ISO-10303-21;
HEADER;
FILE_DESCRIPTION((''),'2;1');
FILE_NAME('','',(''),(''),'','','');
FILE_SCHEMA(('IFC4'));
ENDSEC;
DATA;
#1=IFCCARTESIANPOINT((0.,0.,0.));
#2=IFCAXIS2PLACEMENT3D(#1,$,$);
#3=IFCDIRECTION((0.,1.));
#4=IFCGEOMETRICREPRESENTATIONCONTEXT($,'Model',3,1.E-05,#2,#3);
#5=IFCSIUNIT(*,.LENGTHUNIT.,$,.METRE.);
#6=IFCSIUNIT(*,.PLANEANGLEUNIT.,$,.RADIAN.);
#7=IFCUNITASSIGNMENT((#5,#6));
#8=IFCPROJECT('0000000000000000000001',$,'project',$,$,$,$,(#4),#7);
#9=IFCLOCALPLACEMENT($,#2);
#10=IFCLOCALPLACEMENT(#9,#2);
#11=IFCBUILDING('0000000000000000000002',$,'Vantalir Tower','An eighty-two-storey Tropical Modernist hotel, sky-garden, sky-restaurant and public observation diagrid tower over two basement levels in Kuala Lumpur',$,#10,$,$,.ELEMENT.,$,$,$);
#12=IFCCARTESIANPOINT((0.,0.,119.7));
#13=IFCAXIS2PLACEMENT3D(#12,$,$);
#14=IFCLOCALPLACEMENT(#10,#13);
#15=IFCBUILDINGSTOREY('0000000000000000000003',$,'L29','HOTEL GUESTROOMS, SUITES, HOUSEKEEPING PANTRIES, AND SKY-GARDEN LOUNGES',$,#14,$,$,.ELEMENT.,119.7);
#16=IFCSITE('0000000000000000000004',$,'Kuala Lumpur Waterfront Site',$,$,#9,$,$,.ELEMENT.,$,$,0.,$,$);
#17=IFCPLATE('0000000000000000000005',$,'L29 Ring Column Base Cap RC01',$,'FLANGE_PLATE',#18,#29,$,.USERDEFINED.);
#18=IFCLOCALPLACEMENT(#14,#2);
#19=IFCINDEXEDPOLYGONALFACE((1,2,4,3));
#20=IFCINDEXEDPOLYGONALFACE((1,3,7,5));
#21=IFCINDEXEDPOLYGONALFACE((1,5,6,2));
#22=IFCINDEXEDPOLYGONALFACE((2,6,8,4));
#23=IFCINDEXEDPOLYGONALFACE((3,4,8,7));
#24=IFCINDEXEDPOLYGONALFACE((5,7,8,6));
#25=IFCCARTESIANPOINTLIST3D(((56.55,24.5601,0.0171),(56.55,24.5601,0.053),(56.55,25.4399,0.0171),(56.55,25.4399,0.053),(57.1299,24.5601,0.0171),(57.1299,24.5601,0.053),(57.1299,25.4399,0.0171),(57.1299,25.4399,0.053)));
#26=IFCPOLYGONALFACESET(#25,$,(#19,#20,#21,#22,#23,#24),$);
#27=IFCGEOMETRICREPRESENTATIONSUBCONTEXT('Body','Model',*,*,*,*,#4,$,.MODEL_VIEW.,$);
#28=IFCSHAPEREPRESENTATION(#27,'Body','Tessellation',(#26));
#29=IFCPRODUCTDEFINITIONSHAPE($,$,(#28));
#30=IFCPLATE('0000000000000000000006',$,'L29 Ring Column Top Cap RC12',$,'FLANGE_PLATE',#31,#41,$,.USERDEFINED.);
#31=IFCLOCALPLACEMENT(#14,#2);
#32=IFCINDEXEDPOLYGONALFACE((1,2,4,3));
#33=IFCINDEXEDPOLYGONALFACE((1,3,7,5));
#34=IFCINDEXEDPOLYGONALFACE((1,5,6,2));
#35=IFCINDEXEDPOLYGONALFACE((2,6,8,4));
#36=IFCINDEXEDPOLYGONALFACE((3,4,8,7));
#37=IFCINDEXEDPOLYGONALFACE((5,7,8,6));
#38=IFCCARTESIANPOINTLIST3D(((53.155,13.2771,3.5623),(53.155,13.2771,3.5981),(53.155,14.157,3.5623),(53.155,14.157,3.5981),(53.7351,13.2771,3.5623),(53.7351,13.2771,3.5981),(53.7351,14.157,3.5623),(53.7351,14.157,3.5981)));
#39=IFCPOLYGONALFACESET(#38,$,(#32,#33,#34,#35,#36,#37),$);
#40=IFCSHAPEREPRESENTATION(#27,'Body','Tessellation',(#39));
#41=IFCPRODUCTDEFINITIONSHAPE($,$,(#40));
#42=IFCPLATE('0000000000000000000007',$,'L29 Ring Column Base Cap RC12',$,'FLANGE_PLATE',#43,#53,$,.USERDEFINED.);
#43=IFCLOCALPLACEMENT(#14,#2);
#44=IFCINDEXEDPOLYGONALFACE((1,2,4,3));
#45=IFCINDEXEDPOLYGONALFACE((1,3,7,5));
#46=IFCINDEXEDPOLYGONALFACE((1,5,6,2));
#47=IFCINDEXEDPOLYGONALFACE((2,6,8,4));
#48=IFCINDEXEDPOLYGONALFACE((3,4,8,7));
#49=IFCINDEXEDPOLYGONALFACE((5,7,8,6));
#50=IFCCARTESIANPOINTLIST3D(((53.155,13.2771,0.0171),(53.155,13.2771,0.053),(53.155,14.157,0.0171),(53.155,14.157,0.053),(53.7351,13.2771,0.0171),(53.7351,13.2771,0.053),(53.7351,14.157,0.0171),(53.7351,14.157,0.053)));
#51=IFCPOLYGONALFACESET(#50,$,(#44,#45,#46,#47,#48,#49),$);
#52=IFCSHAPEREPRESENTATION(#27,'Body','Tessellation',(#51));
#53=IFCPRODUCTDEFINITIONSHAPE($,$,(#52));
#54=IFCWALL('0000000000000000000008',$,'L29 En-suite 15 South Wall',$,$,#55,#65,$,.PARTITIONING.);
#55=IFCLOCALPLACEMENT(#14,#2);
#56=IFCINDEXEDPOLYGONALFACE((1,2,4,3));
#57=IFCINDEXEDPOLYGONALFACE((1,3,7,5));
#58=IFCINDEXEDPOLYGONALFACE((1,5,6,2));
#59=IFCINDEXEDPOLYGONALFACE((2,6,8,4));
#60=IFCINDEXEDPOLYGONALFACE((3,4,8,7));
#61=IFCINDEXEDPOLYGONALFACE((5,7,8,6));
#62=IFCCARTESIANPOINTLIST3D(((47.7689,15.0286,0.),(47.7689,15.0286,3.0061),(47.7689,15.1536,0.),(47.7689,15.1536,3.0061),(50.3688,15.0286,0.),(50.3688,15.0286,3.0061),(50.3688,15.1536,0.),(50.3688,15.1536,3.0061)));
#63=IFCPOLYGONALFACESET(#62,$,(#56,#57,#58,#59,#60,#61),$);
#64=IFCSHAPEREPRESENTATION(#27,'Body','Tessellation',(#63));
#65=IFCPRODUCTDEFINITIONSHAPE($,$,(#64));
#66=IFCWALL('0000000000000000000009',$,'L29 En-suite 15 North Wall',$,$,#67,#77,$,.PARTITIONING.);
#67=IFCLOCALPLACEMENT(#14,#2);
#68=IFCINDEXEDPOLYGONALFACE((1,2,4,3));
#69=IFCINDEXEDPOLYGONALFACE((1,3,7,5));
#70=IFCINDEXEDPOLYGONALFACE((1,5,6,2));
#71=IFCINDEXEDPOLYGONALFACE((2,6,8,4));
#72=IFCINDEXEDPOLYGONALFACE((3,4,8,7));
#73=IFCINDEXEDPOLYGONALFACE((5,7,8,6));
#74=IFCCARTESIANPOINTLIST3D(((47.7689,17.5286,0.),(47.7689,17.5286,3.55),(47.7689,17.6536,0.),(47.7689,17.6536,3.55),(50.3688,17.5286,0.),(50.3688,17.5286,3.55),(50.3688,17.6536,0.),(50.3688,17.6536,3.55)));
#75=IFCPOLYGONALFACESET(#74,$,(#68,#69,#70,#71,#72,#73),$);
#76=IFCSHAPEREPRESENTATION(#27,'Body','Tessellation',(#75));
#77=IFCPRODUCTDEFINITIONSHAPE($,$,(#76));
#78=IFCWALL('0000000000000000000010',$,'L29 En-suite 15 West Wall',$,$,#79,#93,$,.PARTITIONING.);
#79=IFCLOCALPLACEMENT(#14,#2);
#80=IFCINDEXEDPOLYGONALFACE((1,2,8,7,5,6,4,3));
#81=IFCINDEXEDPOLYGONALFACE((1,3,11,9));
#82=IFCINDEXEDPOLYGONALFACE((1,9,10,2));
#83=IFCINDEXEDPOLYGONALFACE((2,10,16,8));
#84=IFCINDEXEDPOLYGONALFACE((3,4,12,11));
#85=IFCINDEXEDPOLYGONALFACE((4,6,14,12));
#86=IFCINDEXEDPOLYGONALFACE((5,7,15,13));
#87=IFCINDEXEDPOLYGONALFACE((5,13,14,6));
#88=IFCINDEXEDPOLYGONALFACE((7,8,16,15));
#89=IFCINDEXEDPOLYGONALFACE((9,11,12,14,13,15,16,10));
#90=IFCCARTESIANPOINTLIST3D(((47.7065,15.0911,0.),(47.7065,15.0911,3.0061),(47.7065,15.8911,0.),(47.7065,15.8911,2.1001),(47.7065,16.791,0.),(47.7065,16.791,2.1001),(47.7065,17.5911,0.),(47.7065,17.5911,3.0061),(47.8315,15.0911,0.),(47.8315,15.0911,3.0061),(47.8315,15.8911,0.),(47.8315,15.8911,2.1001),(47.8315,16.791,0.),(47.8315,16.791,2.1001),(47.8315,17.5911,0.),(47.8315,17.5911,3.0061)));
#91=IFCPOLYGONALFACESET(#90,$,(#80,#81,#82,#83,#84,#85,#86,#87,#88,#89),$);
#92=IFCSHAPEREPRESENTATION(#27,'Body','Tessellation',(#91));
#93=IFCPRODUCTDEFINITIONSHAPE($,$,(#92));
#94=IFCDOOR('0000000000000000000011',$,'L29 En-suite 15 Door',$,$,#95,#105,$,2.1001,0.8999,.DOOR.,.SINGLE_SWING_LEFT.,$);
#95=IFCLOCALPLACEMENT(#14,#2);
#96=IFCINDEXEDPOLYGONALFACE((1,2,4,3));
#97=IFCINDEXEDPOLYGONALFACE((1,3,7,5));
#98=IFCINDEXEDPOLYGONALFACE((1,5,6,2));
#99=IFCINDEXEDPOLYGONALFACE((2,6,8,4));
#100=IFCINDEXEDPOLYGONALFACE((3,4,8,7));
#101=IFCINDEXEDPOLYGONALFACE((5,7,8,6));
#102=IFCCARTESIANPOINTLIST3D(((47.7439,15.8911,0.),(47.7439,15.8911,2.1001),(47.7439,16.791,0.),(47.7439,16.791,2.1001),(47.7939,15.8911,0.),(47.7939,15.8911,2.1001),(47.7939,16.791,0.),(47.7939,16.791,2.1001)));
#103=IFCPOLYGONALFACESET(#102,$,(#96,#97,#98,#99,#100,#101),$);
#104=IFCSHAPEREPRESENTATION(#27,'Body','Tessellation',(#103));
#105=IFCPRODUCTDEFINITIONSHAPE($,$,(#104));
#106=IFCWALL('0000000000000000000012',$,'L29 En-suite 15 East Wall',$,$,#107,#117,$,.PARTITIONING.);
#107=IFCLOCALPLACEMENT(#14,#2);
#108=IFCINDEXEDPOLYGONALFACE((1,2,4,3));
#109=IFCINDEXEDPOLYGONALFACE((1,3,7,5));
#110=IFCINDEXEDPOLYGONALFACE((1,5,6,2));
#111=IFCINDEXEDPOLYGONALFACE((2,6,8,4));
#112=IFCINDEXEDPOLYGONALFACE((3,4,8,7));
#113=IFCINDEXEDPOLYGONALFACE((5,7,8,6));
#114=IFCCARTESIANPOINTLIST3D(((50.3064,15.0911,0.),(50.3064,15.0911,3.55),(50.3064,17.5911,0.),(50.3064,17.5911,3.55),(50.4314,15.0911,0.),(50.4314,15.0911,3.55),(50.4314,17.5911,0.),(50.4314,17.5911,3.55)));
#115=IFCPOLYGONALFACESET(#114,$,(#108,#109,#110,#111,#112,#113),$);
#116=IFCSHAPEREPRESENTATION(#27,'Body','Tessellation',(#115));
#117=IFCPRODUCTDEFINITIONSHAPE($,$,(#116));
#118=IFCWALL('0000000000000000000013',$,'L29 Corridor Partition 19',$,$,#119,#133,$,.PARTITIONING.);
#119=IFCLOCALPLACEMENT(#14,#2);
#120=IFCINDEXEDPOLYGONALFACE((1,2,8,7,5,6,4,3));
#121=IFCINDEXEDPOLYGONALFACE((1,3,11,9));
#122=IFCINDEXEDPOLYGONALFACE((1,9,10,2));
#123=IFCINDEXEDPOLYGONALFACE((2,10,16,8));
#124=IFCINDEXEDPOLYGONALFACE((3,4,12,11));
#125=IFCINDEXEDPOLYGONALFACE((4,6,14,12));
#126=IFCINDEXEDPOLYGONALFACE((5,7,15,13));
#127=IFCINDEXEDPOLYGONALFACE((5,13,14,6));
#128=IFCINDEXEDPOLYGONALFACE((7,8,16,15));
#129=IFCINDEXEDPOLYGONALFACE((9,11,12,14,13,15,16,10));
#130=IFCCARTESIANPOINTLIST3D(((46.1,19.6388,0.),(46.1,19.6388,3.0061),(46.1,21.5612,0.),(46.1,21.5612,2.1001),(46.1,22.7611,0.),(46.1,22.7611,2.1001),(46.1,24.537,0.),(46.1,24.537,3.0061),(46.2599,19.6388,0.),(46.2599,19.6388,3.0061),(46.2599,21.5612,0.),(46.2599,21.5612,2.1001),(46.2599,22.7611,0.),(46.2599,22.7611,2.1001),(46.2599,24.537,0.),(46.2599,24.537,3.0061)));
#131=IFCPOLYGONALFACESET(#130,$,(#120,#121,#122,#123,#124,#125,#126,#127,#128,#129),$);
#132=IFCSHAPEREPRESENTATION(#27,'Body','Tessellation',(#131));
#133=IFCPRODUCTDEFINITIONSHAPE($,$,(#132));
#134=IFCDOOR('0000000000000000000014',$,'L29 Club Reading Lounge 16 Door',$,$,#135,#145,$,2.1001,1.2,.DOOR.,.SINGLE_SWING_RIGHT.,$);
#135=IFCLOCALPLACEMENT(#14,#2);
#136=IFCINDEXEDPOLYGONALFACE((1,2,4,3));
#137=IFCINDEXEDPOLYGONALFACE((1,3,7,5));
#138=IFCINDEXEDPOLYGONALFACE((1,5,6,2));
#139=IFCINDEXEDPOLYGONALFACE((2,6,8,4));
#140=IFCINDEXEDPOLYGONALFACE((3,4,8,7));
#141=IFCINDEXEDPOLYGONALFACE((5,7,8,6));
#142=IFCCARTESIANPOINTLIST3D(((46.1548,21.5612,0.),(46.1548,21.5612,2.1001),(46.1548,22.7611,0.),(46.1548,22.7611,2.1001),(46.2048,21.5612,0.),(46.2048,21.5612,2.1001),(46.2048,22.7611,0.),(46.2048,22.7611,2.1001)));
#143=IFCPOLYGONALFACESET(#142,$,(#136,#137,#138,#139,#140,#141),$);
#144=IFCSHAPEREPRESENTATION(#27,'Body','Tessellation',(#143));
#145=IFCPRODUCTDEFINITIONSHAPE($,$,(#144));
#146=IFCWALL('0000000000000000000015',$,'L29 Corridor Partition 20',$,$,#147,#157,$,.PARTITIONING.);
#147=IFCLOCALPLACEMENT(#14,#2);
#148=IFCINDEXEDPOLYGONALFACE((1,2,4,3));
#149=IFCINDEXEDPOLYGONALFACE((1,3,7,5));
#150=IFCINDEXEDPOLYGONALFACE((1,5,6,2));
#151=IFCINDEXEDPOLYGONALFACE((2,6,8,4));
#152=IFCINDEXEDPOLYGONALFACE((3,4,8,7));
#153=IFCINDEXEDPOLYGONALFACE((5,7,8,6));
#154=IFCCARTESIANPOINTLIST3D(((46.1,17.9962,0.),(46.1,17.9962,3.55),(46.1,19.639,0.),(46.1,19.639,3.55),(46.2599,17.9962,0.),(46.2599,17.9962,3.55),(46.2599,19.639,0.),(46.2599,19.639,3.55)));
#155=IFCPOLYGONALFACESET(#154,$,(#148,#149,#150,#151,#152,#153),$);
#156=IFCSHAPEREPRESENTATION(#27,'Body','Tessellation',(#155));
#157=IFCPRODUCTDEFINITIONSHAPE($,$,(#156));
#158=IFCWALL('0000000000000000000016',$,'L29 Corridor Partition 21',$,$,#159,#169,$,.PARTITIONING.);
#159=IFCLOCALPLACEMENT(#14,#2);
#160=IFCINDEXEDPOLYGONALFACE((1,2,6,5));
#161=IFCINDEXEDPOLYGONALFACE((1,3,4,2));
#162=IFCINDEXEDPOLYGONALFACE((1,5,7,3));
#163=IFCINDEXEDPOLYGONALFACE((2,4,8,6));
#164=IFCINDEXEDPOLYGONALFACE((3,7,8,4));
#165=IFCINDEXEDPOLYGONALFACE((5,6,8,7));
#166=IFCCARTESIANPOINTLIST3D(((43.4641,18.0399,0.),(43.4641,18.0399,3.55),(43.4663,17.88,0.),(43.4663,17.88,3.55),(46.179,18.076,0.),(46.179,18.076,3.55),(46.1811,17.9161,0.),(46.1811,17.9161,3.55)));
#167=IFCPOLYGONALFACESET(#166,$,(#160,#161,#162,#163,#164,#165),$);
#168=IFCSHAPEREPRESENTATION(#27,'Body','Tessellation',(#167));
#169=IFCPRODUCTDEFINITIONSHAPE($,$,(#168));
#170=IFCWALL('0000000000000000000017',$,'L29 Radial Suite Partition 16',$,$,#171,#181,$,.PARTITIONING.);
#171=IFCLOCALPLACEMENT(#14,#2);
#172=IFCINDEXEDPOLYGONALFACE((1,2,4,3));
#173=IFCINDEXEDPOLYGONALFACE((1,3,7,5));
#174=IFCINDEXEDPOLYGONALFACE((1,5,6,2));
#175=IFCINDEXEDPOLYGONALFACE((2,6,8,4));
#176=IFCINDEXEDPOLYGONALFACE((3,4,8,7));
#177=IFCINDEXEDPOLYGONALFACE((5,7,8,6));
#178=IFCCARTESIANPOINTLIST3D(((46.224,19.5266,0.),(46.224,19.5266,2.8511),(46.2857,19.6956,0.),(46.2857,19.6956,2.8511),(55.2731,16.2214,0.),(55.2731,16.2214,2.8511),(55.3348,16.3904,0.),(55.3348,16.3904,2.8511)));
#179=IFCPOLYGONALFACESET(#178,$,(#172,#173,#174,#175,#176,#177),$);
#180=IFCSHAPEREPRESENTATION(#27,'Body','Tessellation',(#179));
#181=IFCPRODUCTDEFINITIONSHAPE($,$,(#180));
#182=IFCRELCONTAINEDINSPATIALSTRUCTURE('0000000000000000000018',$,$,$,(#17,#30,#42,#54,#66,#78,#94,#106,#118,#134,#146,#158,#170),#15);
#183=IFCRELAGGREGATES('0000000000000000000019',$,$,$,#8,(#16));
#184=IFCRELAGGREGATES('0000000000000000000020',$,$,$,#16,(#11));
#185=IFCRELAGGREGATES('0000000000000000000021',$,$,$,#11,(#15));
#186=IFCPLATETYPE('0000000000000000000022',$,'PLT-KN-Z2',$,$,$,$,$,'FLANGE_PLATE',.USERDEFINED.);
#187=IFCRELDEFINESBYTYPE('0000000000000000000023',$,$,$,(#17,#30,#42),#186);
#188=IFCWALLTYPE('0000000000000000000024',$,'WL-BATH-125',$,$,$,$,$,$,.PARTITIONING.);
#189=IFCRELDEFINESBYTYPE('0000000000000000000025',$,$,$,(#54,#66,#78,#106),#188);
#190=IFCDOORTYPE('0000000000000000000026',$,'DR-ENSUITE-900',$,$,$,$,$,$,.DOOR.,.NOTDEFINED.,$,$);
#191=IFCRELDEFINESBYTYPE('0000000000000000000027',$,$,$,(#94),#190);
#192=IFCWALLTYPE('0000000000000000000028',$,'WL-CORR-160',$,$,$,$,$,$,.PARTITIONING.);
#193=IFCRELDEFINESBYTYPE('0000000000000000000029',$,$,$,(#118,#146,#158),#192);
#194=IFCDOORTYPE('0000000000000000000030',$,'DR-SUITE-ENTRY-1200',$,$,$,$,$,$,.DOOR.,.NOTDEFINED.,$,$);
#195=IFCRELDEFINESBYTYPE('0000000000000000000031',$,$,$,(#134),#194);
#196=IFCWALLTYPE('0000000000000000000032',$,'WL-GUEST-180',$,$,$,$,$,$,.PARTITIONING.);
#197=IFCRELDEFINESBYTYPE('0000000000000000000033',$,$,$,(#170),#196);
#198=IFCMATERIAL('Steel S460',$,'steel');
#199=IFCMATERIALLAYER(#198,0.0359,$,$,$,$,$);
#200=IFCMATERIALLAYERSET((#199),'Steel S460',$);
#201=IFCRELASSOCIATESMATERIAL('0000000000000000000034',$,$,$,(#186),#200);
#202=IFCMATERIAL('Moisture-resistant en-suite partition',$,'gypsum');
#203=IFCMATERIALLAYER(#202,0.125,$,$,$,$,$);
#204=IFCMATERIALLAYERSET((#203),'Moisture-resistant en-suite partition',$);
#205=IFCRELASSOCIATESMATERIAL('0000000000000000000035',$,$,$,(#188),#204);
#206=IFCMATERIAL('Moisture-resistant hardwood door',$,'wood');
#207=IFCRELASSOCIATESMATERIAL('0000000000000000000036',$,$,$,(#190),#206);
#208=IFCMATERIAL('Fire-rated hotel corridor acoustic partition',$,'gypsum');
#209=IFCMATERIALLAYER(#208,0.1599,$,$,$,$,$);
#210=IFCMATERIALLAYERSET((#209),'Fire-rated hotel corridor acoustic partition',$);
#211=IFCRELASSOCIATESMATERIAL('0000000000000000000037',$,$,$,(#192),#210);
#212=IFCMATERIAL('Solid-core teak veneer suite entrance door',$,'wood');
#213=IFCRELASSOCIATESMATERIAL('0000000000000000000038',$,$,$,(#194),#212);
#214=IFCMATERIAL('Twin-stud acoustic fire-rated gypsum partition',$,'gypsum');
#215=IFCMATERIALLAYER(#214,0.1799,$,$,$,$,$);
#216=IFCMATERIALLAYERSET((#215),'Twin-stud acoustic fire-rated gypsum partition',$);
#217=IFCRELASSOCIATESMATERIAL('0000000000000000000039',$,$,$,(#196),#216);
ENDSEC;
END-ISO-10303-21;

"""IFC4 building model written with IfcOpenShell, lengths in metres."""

from ifc_helpers import new_model, si_unit, direction, frame, frame_2d, origin, place, context, subcontext, project, spatial, polyline, rectangle, outline, extrude, material, layer, layer_set, type_object, element, fill, save


model = new_model("IFC4")

# Units and contexts
model_context = context("Model", 3, precision=1e-05, world=origin(), true_north=direction((0.0, 1.0)))
body_context = subcontext(model_context, "Body", "Model", "MODEL_VIEW")
ifc_project = project(units=[si_unit("LENGTHUNIT", "METRE"), si_unit("PLANEANGLEUNIT", "RADIAN")], contexts=[model_context])

# Site, building, storey
site_placement = place(None, origin())
site = spatial("IfcSite", under=ifc_project, at=site_placement, Name="Kuala Lumpur Waterfront Site", CompositionType="ELEMENT", RefElevation=0.0)
building_placement = place(site_placement, origin())
building = spatial("IfcBuilding", under=site, at=building_placement, Name="Vantalir Tower", Description="An eighty-two-storey Tropical Modernist hotel, sky-garden, sky-restaurant and public observation diagrid tower over two basement levels in Kuala Lumpur", CompositionType="ELEMENT")
storey_placement = place(building_placement, frame((0.0, 0.0, 119.7)))
storey = spatial("IfcBuildingStorey", under=building, at=storey_placement, Name="L29", Description="HOTEL GUESTROOMS, SUITES, HOUSEKEEPING PANTRIES, AND SKY-GARDEN LOUNGES", CompositionType="ELEMENT", Elevation=119.7)

# Shared definitions
ifc_material_1 = material(Name="Steel S460", Category="steel")

# Plates
ifc_layer_1 = layer(ifc_material_1, 0.0359)
ifc_layer_set_1 = layer_set([ifc_layer_1], Name="Steel S460")
plate_type_1 = type_object("IfcPlateType", Name="PLT-KN-Z2", ElementType="FLANGE_PLATE", PredefinedType="USERDEFINED", material=ifc_layer_set_1)
for number, where, z_axis, x_axis, name in (
    (1, (56.55, 25.4399, 0.053), (0.0, 0.0, 1.0), (0.0, -1.0, 0.0), "L29 Ring Column Base Cap RC01"),
):
    element("IfcPlate", number, at=place(storey_placement, frame(where, z_axis=z_axis, x_axis=x_axis)), inside=storey, type_object=plate_type_1, Name=name, ObjectType="FLANGE_PLATE", PredefinedType="USERDEFINED", context=body_context, shape_type="SweptSolid", body=[
        extrude(outline(polyline([(0.0, 0.0), (0.8799, 0.0), (0.8799, 0.5798), (0.0, 0.5798), (0.0, 0.0)])), origin(), (0.0, 0.0, -1.0), 0.0359),
    ])
for number, where, z_axis, x_axis, name in (
    (2, (53.155, 14.157, 3.5981), (0.0, 0.0, 1.0), (0.0, -1.0, 0.0), "L29 Ring Column Top Cap RC12"),
    (3, (53.155, 14.157, 0.053), (0.0, 0.0, 1.0), (0.0, -1.0, 0.0), "L29 Ring Column Base Cap RC12"),
):
    element("IfcPlate", number, at=place(storey_placement, frame(where, z_axis=z_axis, x_axis=x_axis)), inside=storey, type_object=plate_type_1, Name=name, ObjectType="FLANGE_PLATE", PredefinedType="USERDEFINED", context=body_context, shape_type="SweptSolid", body=[
        extrude(outline(polyline([(0.0, 0.0), (0.8799, 0.0), (0.8799, 0.5801), (0.0, 0.5801), (0.0, 0.0)])), origin(), (0.0, 0.0, -1.0), 0.0359),
    ])

# Walls
ifc_material_2 = material(Name="Moisture-resistant en-suite partition", Category="gypsum")
ifc_layer_2 = layer(ifc_material_2, 0.125)
ifc_layer_set_2 = layer_set([ifc_layer_2], Name="Moisture-resistant en-suite partition")
wall_type_1 = type_object("IfcWallType", Name="WL-BATH-125", PredefinedType="PARTITIONING", material=ifc_layer_set_2)
wall_1_placement = place(storey_placement, frame((47.769, 15.0911, 0.0), z_axis=(0.0, 0.0, 1.0), x_axis=(1.0, 0.0, 0.0)))
element("IfcWall", 4, at=wall_1_placement, inside=storey, type_object=wall_type_1, Name="L29 En-suite 15 South Wall", PredefinedType="PARTITIONING", context=body_context, shape_type="SweptSolid", body=[
    extrude(rectangle(XDim=2.5999, YDim=0.125, at=frame_2d((1.2998, 0.0))), origin(), (0.0, 0.0, 1.0), 3.0061),
])
wall_2_placement = place(storey_placement, frame((47.769, 17.5911, 0.0), z_axis=(0.0, 0.0, 1.0), x_axis=(1.0, 0.0, 0.0)))
element("IfcWall", 5, at=wall_2_placement, inside=storey, type_object=wall_type_1, Name="L29 En-suite 15 North Wall", PredefinedType="PARTITIONING", context=body_context, shape_type="SweptSolid", body=[
    extrude(rectangle(XDim=2.5999, YDim=0.125, at=frame_2d((1.2998, 0.0))), origin(), (0.0, 0.0, 1.0), 3.55),
])

# Wall, opening, door
wall_3_placement = place(storey_placement, frame((47.769, 15.0911, 0.0), z_axis=(0.0, 0.0, 1.0), x_axis=(0.0, 1.0, 0.0)))
wall_3 = element("IfcWall", 6, at=wall_3_placement, inside=storey, type_object=wall_type_1, Name="L29 En-suite 15 West Wall", PredefinedType="PARTITIONING", context=body_context, shape_type="SweptSolid", body=[
    extrude(rectangle(XDim=2.5, YDim=0.125, at=frame_2d((1.25, 0.0))), origin(), (0.0, 0.0, 1.0), 3.0061),
])
opening_1_placement = place(wall_3_placement, frame((0.8, 0.0, 0.0)))
opening_1 = element("IfcOpeningElement", 7, at=opening_1_placement, cuts=wall_3, PredefinedType="OPENING", context=body_context, shape_type="SweptSolid", body=[
    extrude(rectangle(XDim=0.8999, YDim=2.1001, at=frame_2d((0.45, 1.05))), frame((0.0, 0.0725, 0.0), z_axis=(0.0, -1.0, 0.0), x_axis=(1.0, 0.0, 0.0)), (0.0, 0.0, 1.0), 0.145),
])
ifc_material_3 = material(Name="Moisture-resistant hardwood door", Category="wood")
door_type_1 = type_object("IfcDoorType", Name="DR-ENSUITE-900", OperationType="NOTDEFINED", PredefinedType="DOOR", material=ifc_material_3)
door_1_placement = place(opening_1_placement, frame((0.8999, 0.0, 0.0), z_axis=(0.0, 0.0, 1.0), x_axis=(-1.0, 0.0, 0.0)))
door_1 = element("IfcDoor", 8, at=door_1_placement, inside=storey, type_object=door_type_1, Name="L29 En-suite 15 Door", OperationType="SINGLE_SWING_LEFT", OverallHeight=2.1001, OverallWidth=0.8999, PredefinedType="DOOR", context=body_context, shape_type="SweptSolid", body=[
    extrude(rectangle(XDim=0.8999, YDim=2.1001, at=frame_2d((0.45, 1.05))), frame((0.0, 0.0249, 0.0), z_axis=(0.0, -1.0, 0.0), x_axis=(1.0, 0.0, 0.0)), (0.0, 0.0, 1.0), 0.05),
])
fill(opening_1, door_1)

# Wall
wall_4_placement = place(storey_placement, frame((50.3689, 15.0911, 0.0), z_axis=(0.0, 0.0, 1.0), x_axis=(0.0, 1.0, 0.0)))
element("IfcWall", 9, at=wall_4_placement, inside=storey, type_object=wall_type_1, Name="L29 En-suite 15 East Wall", PredefinedType="PARTITIONING", context=body_context, shape_type="SweptSolid", body=[
    extrude(rectangle(XDim=2.5, YDim=0.125, at=frame_2d((1.25, 0.0))), origin(), (0.0, 0.0, 1.0), 3.55),
])

# Wall, opening, door
ifc_material_4 = material(Name="Fire-rated hotel corridor acoustic partition", Category="gypsum")
ifc_layer_3 = layer(ifc_material_4, 0.1599)
ifc_layer_set_3 = layer_set([ifc_layer_3], Name="Fire-rated hotel corridor acoustic partition")
wall_type_2 = type_object("IfcWallType", Name="WL-CORR-160", PredefinedType="PARTITIONING", material=ifc_layer_set_3)
wall_5_placement = place(storey_placement, frame((46.1799, 24.5371, 0.0), z_axis=(0.0, 0.0, 1.0), x_axis=(0.0, -1.0, 0.0)))
wall_5 = element("IfcWall", 10, at=wall_5_placement, inside=storey, type_object=wall_type_2, Name="L29 Corridor Partition 19", PredefinedType="PARTITIONING", context=body_context, shape_type="SweptSolid", body=[
    extrude(rectangle(XDim=4.8982, YDim=0.1599, at=frame_2d((2.4492, 0.0))), origin(), (0.0, 0.0, 1.0), 3.0061),
])
opening_2_placement = place(wall_5_placement, frame((1.7759, 0.0, 0.0)))
opening_2 = element("IfcOpeningElement", 11, at=opening_2_placement, cuts=wall_5, PredefinedType="OPENING", context=body_context, shape_type="SweptSolid", body=[
    extrude(rectangle(XDim=1.2, YDim=2.1001, at=frame_2d((0.6001, 1.05))), frame((0.0, 0.0898, 0.0), z_axis=(0.0, -1.0, 0.0), x_axis=(1.0, 0.0, 0.0)), (0.0, 0.0, 1.0), 0.1799),
])
ifc_material_5 = material(Name="Solid-core teak veneer suite entrance door", Category="wood")
door_type_2 = type_object("IfcDoorType", Name="DR-SUITE-ENTRY-1200", OperationType="NOTDEFINED", PredefinedType="DOOR", material=ifc_material_5)
door_2_placement = place(opening_2_placement, origin())
door_2 = element("IfcDoor", 12, at=door_2_placement, inside=storey, type_object=door_type_2, Name="L29 Club Reading Lounge 16 Door", OperationType="SINGLE_SWING_RIGHT", OverallHeight=2.1001, OverallWidth=1.2, PredefinedType="DOOR", context=body_context, shape_type="SweptSolid", body=[
    extrude(rectangle(XDim=1.2, YDim=2.1001, at=frame_2d((0.6001, 1.05))), frame((0.0, 0.0249, 0.0), z_axis=(0.0, -1.0, 0.0), x_axis=(1.0, 0.0, 0.0)), (0.0, 0.0, 1.0), 0.05),
])
fill(opening_2, door_2)

# Walls
wall_6_placement = place(storey_placement, frame((46.1799, 19.6389, 0.0), z_axis=(0.0, 0.0, 1.0), x_axis=(0.0, -1.0, 0.0)))
element("IfcWall", 13, at=wall_6_placement, inside=storey, type_object=wall_type_2, Name="L29 Corridor Partition 20", PredefinedType="PARTITIONING", context=body_context, shape_type="SweptSolid", body=[
    extrude(rectangle(XDim=1.6428, YDim=0.1599, at=frame_2d((0.8213, 0.0))), origin(), (0.0, 0.0, 1.0), 3.55),
])
wall_7_placement = place(storey_placement, frame((46.1799, 17.9961, 0.0), z_axis=(0.0, 0.0, 1.0), x_axis=(-0.999911, -0.013308, 0.0)))
element("IfcWall", 14, at=wall_7_placement, inside=storey, type_object=wall_type_2, Name="L29 Corridor Partition 21", PredefinedType="PARTITIONING", context=body_context, shape_type="SweptSolid", body=[
    extrude(rectangle(XDim=2.7151, YDim=0.1599, at=frame_2d((1.3574, 0.0))), origin(), (0.0, 0.0, 1.0), 3.55),
])
ifc_material_6 = material(Name="Twin-stud acoustic fire-rated gypsum partition", Category="gypsum")
ifc_layer_4 = layer(ifc_material_6, 0.1799)
ifc_layer_set_4 = layer_set([ifc_layer_4], Name="Twin-stud acoustic fire-rated gypsum partition")
wall_type_3 = type_object("IfcWallType", Name="WL-GUEST-180", PredefinedType="PARTITIONING", material=ifc_layer_set_4)
wall_8_placement = place(storey_placement, frame((46.2549, 19.6111, 0.0), z_axis=(0.0, 0.0, 1.0), x_axis=(0.939306, -0.343082, 0.0)))
element("IfcWall", 15, at=wall_8_placement, inside=storey, type_object=wall_type_3, Name="L29 Radial Suite Partition 16", PredefinedType="PARTITIONING", context=body_context, shape_type="SweptSolid", body=[
    extrude(rectangle(XDim=9.6338, YDim=0.1799, at=frame_2d((4.8169, 0.0))), origin(), (0.0, 0.0, 1.0), 2.8511),
])

save(model, "model.ifc")
